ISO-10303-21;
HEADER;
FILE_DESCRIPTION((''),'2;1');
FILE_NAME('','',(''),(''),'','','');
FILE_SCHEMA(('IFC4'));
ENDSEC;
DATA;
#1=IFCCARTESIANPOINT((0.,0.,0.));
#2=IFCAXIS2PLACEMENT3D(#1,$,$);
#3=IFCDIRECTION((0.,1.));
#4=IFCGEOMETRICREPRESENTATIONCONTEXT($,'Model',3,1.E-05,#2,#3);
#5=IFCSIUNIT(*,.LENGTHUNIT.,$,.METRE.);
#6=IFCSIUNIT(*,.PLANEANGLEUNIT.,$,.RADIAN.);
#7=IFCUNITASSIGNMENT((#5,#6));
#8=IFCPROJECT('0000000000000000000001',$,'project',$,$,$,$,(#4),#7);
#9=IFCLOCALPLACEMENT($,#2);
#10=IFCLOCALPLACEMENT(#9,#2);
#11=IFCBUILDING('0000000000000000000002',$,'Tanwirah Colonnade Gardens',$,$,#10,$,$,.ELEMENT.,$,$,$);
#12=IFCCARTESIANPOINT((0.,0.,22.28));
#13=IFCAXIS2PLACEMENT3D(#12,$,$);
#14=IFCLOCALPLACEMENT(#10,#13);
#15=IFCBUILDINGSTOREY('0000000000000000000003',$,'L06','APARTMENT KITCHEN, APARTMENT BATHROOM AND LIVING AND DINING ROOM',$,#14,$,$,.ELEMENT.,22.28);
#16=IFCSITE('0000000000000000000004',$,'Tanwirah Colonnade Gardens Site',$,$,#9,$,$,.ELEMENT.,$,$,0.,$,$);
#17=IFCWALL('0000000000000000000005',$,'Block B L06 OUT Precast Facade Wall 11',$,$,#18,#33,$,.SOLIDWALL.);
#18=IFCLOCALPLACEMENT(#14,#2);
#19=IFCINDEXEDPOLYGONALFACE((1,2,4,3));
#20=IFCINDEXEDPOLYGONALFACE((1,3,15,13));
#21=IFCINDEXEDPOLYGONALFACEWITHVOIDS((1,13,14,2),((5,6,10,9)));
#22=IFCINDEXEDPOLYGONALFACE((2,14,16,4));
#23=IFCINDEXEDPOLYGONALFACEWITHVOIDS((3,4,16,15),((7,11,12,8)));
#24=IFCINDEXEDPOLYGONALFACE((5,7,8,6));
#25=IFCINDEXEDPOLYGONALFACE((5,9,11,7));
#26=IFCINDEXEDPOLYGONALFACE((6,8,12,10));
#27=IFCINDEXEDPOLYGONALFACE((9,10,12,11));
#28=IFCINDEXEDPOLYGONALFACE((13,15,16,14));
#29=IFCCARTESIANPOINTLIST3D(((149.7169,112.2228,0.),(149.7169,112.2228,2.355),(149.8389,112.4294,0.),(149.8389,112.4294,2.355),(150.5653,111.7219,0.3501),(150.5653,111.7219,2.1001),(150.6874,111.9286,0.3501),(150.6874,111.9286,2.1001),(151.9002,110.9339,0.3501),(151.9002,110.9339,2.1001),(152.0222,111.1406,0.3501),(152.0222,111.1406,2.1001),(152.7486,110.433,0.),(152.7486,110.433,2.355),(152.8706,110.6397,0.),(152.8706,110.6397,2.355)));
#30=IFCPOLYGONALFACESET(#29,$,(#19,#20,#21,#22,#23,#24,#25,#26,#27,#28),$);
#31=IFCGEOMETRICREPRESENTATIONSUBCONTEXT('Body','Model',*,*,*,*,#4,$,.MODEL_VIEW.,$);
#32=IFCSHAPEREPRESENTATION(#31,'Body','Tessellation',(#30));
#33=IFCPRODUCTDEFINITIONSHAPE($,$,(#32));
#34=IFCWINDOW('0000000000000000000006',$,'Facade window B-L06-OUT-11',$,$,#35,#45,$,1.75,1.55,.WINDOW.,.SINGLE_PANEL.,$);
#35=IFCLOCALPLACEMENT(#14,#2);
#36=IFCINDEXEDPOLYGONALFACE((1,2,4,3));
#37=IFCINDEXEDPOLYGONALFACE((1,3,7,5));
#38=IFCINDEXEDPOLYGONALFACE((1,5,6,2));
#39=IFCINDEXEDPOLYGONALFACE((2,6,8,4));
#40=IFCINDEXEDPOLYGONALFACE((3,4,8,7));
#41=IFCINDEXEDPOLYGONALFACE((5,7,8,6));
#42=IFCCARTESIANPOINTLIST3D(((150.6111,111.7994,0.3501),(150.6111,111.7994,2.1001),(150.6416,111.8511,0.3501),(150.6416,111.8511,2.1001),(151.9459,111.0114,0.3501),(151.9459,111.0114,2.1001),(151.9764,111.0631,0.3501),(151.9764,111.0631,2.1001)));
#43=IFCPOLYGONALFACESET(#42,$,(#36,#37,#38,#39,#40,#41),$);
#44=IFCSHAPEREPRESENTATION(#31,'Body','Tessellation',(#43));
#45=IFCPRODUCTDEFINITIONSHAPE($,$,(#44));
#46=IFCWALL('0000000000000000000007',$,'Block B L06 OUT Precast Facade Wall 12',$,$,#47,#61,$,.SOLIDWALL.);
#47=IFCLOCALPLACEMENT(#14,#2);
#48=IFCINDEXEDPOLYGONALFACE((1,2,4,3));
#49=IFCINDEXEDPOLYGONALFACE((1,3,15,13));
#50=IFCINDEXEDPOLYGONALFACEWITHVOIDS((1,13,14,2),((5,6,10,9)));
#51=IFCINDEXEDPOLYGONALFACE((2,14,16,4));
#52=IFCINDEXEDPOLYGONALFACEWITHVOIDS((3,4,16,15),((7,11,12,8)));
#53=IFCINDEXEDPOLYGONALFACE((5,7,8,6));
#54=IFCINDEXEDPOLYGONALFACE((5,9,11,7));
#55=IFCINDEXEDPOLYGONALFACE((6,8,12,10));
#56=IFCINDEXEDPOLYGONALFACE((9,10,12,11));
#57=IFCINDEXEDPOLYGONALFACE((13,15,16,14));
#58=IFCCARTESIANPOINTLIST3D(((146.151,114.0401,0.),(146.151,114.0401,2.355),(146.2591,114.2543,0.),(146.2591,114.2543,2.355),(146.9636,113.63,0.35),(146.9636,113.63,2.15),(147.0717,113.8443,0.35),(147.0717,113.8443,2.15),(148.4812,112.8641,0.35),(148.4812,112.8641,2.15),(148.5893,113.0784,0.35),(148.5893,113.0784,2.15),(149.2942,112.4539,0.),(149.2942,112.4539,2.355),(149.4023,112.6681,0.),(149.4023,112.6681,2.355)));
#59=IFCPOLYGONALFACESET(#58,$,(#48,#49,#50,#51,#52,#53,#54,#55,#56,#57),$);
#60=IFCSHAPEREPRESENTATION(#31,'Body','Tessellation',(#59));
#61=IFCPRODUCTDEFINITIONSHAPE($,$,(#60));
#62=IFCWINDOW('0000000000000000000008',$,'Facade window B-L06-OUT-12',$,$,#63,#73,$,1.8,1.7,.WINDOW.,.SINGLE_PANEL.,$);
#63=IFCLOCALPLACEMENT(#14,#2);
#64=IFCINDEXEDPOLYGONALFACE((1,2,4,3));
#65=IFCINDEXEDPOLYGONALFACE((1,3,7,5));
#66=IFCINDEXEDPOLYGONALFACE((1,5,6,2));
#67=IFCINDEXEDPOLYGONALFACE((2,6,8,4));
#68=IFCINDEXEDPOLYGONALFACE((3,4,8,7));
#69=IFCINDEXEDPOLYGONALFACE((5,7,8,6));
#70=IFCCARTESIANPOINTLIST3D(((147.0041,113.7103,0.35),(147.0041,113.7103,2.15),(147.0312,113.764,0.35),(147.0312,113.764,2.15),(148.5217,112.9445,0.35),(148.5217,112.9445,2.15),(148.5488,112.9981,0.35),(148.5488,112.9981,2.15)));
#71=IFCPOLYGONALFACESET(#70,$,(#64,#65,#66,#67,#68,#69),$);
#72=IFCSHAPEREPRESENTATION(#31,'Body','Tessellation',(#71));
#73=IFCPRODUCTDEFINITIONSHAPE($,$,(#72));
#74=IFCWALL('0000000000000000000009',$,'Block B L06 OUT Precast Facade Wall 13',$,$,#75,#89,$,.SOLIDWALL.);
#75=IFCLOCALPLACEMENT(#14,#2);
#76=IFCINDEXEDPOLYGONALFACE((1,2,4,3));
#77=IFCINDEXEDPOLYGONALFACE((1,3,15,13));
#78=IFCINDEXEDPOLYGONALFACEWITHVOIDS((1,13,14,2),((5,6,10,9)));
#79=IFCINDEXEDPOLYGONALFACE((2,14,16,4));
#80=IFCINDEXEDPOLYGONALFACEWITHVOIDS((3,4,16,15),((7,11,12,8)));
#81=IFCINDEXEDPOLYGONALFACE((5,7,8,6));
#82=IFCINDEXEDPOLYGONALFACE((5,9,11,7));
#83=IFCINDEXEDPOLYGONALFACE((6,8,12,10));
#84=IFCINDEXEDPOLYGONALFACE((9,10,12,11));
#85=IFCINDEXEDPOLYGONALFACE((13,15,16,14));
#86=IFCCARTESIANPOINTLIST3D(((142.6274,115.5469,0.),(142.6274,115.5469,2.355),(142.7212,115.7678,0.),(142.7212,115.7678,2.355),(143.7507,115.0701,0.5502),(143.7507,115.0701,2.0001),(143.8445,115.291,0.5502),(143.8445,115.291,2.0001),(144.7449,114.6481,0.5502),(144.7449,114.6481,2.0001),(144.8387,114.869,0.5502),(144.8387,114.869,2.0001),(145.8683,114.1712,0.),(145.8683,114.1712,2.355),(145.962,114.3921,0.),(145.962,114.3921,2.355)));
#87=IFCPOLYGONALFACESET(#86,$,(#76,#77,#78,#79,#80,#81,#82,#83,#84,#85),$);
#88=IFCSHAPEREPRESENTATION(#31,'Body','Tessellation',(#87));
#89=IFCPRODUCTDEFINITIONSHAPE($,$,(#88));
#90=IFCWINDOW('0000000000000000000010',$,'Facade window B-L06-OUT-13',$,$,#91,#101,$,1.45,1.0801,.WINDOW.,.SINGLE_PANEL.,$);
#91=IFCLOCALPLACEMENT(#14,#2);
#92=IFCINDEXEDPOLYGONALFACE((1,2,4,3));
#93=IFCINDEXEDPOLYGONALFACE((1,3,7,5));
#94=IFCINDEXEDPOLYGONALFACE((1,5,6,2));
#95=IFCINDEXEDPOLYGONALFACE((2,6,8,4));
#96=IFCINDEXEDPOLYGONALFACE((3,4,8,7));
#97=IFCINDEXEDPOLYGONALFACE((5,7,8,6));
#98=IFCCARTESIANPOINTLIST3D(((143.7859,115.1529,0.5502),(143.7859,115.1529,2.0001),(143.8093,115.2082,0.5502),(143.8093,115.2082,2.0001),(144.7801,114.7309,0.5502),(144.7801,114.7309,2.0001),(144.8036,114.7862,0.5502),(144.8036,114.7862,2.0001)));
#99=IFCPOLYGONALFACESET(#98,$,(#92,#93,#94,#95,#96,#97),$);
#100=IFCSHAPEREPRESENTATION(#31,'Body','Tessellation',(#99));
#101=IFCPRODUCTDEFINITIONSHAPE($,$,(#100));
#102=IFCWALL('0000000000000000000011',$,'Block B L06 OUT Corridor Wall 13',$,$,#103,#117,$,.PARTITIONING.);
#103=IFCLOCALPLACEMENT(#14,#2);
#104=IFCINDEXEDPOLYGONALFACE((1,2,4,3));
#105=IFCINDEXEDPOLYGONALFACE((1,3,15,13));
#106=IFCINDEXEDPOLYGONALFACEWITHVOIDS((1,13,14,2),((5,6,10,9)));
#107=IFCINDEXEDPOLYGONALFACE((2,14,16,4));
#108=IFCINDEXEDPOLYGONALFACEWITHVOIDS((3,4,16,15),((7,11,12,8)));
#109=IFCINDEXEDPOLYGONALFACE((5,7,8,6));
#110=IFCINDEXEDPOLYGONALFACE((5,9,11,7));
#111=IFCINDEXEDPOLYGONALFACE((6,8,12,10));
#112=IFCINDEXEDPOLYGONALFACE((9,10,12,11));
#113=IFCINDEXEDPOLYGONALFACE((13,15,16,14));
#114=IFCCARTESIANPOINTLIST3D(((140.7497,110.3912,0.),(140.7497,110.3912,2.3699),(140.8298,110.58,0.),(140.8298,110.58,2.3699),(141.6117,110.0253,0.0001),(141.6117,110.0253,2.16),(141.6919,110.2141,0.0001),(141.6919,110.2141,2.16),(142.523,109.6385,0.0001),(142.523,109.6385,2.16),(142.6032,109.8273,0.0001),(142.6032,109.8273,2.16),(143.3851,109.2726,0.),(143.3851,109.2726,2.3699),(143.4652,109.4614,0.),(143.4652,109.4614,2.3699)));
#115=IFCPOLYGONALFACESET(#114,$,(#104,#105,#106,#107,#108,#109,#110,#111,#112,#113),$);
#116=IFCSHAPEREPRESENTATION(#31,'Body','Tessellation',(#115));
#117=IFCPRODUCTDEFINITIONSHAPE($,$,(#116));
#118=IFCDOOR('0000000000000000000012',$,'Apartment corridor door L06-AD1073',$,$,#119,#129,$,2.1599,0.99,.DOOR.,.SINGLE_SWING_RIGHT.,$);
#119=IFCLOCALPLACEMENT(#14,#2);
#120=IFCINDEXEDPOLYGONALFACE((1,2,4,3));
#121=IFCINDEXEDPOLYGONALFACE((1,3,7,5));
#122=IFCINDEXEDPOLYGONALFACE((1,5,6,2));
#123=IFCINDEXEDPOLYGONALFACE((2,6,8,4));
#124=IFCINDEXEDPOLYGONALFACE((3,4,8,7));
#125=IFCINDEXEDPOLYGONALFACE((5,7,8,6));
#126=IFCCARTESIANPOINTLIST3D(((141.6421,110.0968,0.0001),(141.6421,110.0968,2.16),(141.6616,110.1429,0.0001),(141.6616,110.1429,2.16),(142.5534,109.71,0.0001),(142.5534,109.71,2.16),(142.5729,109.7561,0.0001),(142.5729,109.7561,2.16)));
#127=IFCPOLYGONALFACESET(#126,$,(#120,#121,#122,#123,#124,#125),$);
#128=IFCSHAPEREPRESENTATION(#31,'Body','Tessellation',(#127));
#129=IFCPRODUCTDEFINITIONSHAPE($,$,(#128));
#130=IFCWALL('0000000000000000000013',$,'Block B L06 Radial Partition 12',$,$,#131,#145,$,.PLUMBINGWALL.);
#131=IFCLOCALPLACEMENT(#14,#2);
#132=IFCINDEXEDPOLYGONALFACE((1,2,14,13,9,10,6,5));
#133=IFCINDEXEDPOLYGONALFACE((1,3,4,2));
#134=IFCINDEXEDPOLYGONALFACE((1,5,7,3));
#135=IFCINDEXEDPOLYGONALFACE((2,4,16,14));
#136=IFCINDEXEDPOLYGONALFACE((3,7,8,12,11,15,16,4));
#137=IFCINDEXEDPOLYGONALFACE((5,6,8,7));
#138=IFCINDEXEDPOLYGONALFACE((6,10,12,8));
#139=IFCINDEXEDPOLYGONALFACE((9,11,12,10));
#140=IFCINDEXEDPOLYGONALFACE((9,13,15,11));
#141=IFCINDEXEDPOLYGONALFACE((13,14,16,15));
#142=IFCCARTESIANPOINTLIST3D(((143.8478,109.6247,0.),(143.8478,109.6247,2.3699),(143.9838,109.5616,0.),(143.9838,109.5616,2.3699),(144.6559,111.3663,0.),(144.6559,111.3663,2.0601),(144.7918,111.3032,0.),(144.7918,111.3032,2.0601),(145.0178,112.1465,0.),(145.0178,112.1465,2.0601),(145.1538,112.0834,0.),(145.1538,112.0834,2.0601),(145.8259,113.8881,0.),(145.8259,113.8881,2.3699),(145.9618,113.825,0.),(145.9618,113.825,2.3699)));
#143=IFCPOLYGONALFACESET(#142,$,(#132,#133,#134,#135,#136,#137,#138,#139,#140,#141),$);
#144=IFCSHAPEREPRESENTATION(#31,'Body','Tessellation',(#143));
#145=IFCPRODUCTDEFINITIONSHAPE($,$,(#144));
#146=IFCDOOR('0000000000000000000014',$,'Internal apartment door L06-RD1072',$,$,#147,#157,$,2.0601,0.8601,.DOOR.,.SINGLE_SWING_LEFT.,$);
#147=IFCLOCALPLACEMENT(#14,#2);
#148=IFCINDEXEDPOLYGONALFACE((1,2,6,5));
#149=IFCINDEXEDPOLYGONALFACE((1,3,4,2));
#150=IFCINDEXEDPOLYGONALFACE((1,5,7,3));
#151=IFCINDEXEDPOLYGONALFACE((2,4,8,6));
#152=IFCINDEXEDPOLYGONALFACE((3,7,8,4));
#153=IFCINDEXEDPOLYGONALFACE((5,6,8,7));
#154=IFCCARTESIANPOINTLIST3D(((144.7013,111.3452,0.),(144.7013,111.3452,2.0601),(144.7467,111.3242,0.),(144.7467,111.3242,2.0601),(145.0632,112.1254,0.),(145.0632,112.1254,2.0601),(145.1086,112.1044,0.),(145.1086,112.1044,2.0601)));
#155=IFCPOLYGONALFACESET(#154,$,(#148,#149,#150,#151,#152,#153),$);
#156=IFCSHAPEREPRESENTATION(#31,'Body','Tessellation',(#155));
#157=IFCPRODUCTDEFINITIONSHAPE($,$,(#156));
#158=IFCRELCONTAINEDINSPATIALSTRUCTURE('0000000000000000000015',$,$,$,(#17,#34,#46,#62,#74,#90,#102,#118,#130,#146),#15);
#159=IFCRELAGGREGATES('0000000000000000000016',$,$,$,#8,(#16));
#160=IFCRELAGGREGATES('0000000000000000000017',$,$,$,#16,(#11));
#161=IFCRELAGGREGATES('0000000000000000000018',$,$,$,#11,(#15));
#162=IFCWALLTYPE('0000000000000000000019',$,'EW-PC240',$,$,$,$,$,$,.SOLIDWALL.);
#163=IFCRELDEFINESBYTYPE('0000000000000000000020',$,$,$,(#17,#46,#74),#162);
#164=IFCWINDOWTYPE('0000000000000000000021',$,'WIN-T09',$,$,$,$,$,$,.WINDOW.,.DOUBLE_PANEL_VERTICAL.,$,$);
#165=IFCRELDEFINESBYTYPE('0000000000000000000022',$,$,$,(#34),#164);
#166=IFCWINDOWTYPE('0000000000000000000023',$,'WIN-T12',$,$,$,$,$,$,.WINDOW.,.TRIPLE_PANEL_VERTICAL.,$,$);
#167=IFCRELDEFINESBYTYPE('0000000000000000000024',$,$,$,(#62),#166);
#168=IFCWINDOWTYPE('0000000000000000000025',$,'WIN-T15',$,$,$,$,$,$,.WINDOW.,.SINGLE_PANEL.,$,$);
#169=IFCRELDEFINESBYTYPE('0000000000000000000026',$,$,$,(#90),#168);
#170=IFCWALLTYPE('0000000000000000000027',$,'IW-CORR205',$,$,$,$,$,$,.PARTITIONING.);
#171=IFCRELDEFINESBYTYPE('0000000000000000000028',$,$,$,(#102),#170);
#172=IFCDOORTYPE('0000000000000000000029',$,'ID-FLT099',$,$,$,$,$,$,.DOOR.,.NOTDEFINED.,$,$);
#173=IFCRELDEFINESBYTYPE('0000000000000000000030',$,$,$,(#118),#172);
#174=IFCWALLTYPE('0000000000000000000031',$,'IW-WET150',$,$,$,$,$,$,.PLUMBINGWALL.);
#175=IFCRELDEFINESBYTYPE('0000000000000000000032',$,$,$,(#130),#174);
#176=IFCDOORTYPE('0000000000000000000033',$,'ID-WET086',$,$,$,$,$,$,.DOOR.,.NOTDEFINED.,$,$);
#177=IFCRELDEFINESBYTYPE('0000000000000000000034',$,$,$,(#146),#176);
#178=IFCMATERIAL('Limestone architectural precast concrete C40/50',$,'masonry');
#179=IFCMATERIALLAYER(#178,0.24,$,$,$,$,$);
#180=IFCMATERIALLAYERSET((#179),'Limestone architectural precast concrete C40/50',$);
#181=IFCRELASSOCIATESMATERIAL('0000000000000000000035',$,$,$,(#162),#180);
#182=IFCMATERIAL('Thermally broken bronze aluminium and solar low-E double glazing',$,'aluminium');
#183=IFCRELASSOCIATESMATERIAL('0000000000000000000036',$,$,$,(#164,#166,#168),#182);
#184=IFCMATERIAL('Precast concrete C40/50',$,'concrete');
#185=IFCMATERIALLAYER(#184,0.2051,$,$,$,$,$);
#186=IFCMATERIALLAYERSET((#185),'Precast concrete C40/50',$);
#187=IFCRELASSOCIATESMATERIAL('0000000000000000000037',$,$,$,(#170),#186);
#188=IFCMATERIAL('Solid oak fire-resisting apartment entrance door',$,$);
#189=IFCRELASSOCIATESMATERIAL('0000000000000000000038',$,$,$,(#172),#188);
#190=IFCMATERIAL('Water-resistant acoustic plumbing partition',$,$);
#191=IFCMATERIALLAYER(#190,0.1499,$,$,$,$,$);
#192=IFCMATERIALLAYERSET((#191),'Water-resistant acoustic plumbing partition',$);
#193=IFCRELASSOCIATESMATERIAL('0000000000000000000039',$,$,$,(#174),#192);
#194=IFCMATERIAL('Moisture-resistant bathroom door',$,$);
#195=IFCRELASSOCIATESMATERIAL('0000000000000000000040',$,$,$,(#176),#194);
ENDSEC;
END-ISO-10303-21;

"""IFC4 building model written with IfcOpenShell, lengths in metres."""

from ifc_helpers import new_model, si_unit, direction, frame, frame_2d, origin, place, context, subcontext, project, spatial, rectangle, extrude, material, layer, layer_set, type_object, element, fill, save


model = new_model("IFC4")

# Units and contexts
model_context = context("Model", 3, precision=1e-05, world=origin(), true_north=direction((0.0, 1.0)))
body_context = subcontext(model_context, "Body", "Model", "MODEL_VIEW")
ifc_project = project(units=[si_unit("LENGTHUNIT", "METRE"), si_unit("PLANEANGLEUNIT", "RADIAN")], contexts=[model_context])

# Site, building, storey
site_placement = place(None, origin())
site = spatial("IfcSite", under=ifc_project, at=site_placement, Name="Tanwirah Colonnade Gardens Site", CompositionType="ELEMENT", RefElevation=0.0)
building_placement = place(site_placement, origin())
building = spatial("IfcBuilding", under=site, at=building_placement, Name="Tanwirah Colonnade Gardens", CompositionType="ELEMENT")
storey_placement = place(building_placement, frame((0.0, 0.0, 22.28)))
storey = spatial("IfcBuildingStorey", under=building, at=storey_placement, Name="L06", Description="APARTMENT KITCHEN, APARTMENT BATHROOM AND LIVING AND DINING ROOM", CompositionType="ELEMENT", Elevation=22.28)

# Shared definitions
ifc_material_1 = material(Name="Precast concrete C40/50", Category="concrete")

# Walls, openings, windows
ifc_material_2 = material(Name="Limestone architectural precast concrete C40/50", Category="masonry")
ifc_layer_1 = layer(ifc_material_2, 0.24)
ifc_layer_set_1 = layer_set([ifc_layer_1], Name="Limestone architectural precast concrete C40/50")
wall_type_1 = type_object("IfcWallType", Name="EW-PC240", PredefinedType="SOLIDWALL", material=ifc_layer_set_1)
wall_1_placement = place(storey_placement, frame((152.8096, 110.5364, 0.0), z_axis=(0.0, 0.0, 1.0), x_axis=(-0.861136, 0.508374, 0.0)))
wall_1 = element("IfcWall", 1, at=wall_1_placement, inside=storey, type_object=wall_type_1, Name="Block B L06 OUT Precast Facade Wall 11", PredefinedType="SOLIDWALL", context=body_context, shape_type="SweptSolid", body=[
    extrude(rectangle(XDim=3.5205, YDim=0.24, at=frame_2d((1.7603, 0.0))), origin(), (0.0, 0.0, 1.0), 2.355),
])
opening_1_placement = place(wall_1_placement, frame((0.9854, 0.0, 0.3501)))
opening_1 = element("IfcOpeningElement", 2, at=opening_1_placement, cuts=wall_1, PredefinedType="OPENING", context=body_context, shape_type="SweptSolid", body=[
    extrude(rectangle(XDim=1.55, YDim=1.75, at=frame_2d((0.7749, 0.875))), frame((0.0, 0.1299, 0.0), z_axis=(0.0, -1.0, 0.0), x_axis=(1.0, 0.0, 0.0)), (0.0, 0.0, 1.0), 0.26),
])
ifc_material_3 = material(Name="Thermally broken bronze aluminium and solar low-E double glazing", Category="aluminium")
window_type_1 = type_object("IfcWindowType", Name="WIN-T09", PartitioningType="DOUBLE_PANEL_VERTICAL", PredefinedType="WINDOW", material=ifc_material_3)
window_1_placement = place(opening_1_placement, origin())
window_1 = element("IfcWindow", 3, at=window_1_placement, inside=storey, type_object=window_type_1, Name="Facade window B-L06-OUT-11", OverallHeight=1.75, OverallWidth=1.55, PartitioningType="SINGLE_PANEL", PredefinedType="WINDOW", context=body_context, shape_type="SweptSolid", body=[
    extrude(rectangle(XDim=1.55, YDim=1.75, at=frame_2d((0.7749, 0.875))), frame((0.0, 0.03, 0.0), z_axis=(0.0, -1.0, 0.0), x_axis=(1.0, 0.0, 0.0)), (0.0, 0.0, 1.0), 0.0601),
])
fill(opening_1, window_1)
wall_2_placement = place(storey_placement, frame((149.3481, 112.561, 0.0), z_axis=(0.0, 0.0, 1.0), x_axis=(-0.892757, 0.450539, 0.0)))
wall_2 = element("IfcWall", 4, at=wall_2_placement, inside=storey, type_object=wall_type_1, Name="Block B L06 OUT Precast Facade Wall 12", PredefinedType="SOLIDWALL", context=body_context, shape_type="SweptSolid", body=[
    extrude(rectangle(XDim=3.5208, YDim=0.24, at=frame_2d((1.7603, 0.0))), origin(), (0.0, 0.0, 1.0), 2.355),
])
opening_2_placement = place(wall_2_placement, frame((0.9104, 0.0, 0.3501)))
opening_2 = element("IfcOpeningElement", 5, at=opening_2_placement, cuts=wall_2, PredefinedType="OPENING", context=body_context, shape_type="SweptSolid", body=[
    extrude(rectangle(XDim=1.7, YDim=1.8, at=frame_2d((0.8501, 0.8999))), frame((0.0, 0.1299, 0.0), z_axis=(0.0, -1.0, 0.0), x_axis=(1.0, 0.0, 0.0)), (0.0, 0.0, 1.0), 0.26),
])
window_type_2 = type_object("IfcWindowType", Name="WIN-T12", PartitioningType="TRIPLE_PANEL_VERTICAL", PredefinedType="WINDOW", material=ifc_material_3)
window_2_placement = place(opening_2_placement, origin())
window_2 = element("IfcWindow", 6, at=window_2_placement, inside=storey, type_object=window_type_2, Name="Facade window B-L06-OUT-12", OverallHeight=1.8, OverallWidth=1.7, PartitioningType="SINGLE_PANEL", PredefinedType="WINDOW", context=body_context, shape_type="SweptSolid", body=[
    extrude(rectangle(XDim=1.7, YDim=1.8, at=frame_2d((0.8501, 0.8999))), frame((0.0, 0.03, 0.0), z_axis=(0.0, -1.0, 0.0), x_axis=(1.0, 0.0, 0.0)), (0.0, 0.0, 1.0), 0.0601),
])
fill(opening_2, window_2)
wall_3_placement = place(storey_placement, frame((145.915, 114.2817, 0.0), z_axis=(0.0, 0.0, 1.0), x_axis=(-0.920502, 0.390737, 0.0)))
wall_3 = element("IfcWall", 7, at=wall_3_placement, inside=storey, type_object=wall_type_1, Name="Block B L06 OUT Precast Facade Wall 13", PredefinedType="SOLIDWALL", context=body_context, shape_type="SweptSolid", body=[
    extrude(rectangle(XDim=3.5208, YDim=0.24, at=frame_2d((1.7603, 0.0))), origin(), (0.0, 0.0, 1.0), 2.355),
])
opening_3_placement = place(wall_3_placement, frame((1.2202, 0.0, 0.55)))
opening_3 = element("IfcOpeningElement", 8, at=opening_3_placement, cuts=wall_3, PredefinedType="OPENING", context=body_context, shape_type="SweptSolid", body=[
    extrude(rectangle(XDim=1.0801, YDim=1.45, at=frame_2d((0.54, 0.7251))), frame((0.0, 0.1299, 0.0), z_axis=(0.0, -1.0, 0.0), x_axis=(1.0, 0.0, 0.0)), (0.0, 0.0, 1.0), 0.26),
])
window_type_3 = type_object("IfcWindowType", Name="WIN-T15", PartitioningType="SINGLE_PANEL", PredefinedType="WINDOW", material=ifc_material_3)
window_3_placement = place(opening_3_placement, origin())
window_3 = element("IfcWindow", 9, at=window_3_placement, inside=storey, type_object=window_type_3, Name="Facade window B-L06-OUT-13", OverallHeight=1.45, OverallWidth=1.0801, PartitioningType="SINGLE_PANEL", PredefinedType="WINDOW", context=body_context, shape_type="SweptSolid", body=[
    extrude(rectangle(XDim=1.0801, YDim=1.45, at=frame_2d((0.54, 0.7251))), frame((0.0, 0.03, 0.0), z_axis=(0.0, -1.0, 0.0), x_axis=(1.0, 0.0, 0.0)), (0.0, 0.0, 1.0), 0.0601),
])
fill(opening_3, window_3)

# Walls, openings, doors
ifc_layer_2 = layer(ifc_material_1, 0.2051)
ifc_layer_set_2 = layer_set([ifc_layer_2], Name="Precast concrete C40/50")
wall_type_2 = type_object("IfcWallType", Name="IW-CORR205", PredefinedType="PARTITIONING", material=ifc_layer_set_2)
ifc_material_4 = material(Name="Solid oak fire-resisting apartment entrance door")
wall_4_placement = place(storey_placement, frame((143.4253, 109.3669, 0.0), z_axis=(0.0, 0.0, 1.0), x_axis=(-0.920511, 0.390716, 0.0)))
wall_4 = element("IfcWall", 10, at=wall_4_placement, inside=storey, type_object=wall_type_2, Name="Block B L06 OUT Corridor Wall 13", PredefinedType="PARTITIONING", context=body_context, shape_type="SweptSolid", body=[
    extrude(rectangle(XDim=2.863, YDim=0.2051, at=frame_2d((1.4316, 0.0))), origin(), (0.0, 0.0, 1.0), 2.3699),
])
opening_4_placement = place(wall_4_placement, frame((0.9365, 0.0, 0.0)))
opening_4 = element("IfcOpeningElement", 11, at=opening_4_placement, cuts=wall_4, PredefinedType="OPENING", context=body_context, shape_type="SweptSolid", body=[
    extrude(rectangle(XDim=0.99, YDim=2.1599, at=frame_2d((0.4951, 1.0801))), frame((0.0, 0.1125, 0.0), z_axis=(0.0, -1.0, 0.0), x_axis=(1.0, 0.0, 0.0)), (0.0, 0.0, 1.0), 0.2251),
])
door_type_1 = type_object("IfcDoorType", Name="ID-FLT099", OperationType="NOTDEFINED", PredefinedType="DOOR", material=ifc_material_4)
door_1_placement = place(opening_4_placement, origin())
door_1 = element("IfcDoor", 12, at=door_1_placement, inside=storey, type_object=door_type_1, Name="Apartment corridor door L06-AD1073", OperationType="SINGLE_SWING_RIGHT", OverallHeight=2.1599, OverallWidth=0.99, PredefinedType="DOOR", context=body_context, shape_type="SweptSolid", body=[
    extrude(rectangle(XDim=0.99, YDim=2.1599, at=frame_2d((0.4951, 1.0801))), frame((0.0, 0.0249, 0.0), z_axis=(0.0, -1.0, 0.0), x_axis=(1.0, 0.0, 0.0)), (0.0, 0.0, 1.0), 0.05),
])
fill(opening_4, door_1)
ifc_material_5 = material(Name="Water-resistant acoustic plumbing partition")
ifc_layer_3 = layer(ifc_material_5, 0.1499)
ifc_layer_set_3 = layer_set([ifc_layer_3], Name="Water-resistant acoustic plumbing partition")
wall_type_3 = type_object("IfcWallType", Name="IW-WET150", PredefinedType="PLUMBINGWALL", material=ifc_layer_set_3)
wall_5_placement = place(storey_placement, frame((143.9158, 109.593, 0.0), z_axis=(0.0, 0.0, 1.0), x_axis=(0.420863, 0.907124, 0.0)))
wall_5 = element("IfcWall", 13, at=wall_5_placement, inside=storey, type_object=wall_type_3, Name="Block B L06 Radial Partition 12", PredefinedType="PLUMBINGWALL", context=body_context, shape_type="SweptSolid", body=[
    extrude(rectangle(XDim=4.7, YDim=0.1499, at=frame_2d((2.3501, 0.0))), origin(), (0.0, 0.0, 1.0), 2.3699),
])
opening_5_placement = place(wall_5_placement, frame((1.9199, 0.0, 0.0)))
opening_5 = element("IfcOpeningElement", 14, at=opening_5_placement, cuts=wall_5, PredefinedType="OPENING", context=body_context, shape_type="SweptSolid", body=[
    extrude(rectangle(XDim=0.8601, YDim=2.0601, at=frame_2d((0.4302, 1.03))), frame((0.0, 0.085, 0.0), z_axis=(0.0, -1.0, 0.0), x_axis=(1.0, 0.0, 0.0)), (0.0, 0.0, 1.0), 0.1699),
])
ifc_material_6 = material(Name="Moisture-resistant bathroom door")
door_type_2 = type_object("IfcDoorType", Name="ID-WET086", OperationType="NOTDEFINED", PredefinedType="DOOR", material=ifc_material_6)
door_2_placement = place(opening_5_placement, origin())
door_2 = element("IfcDoor", 15, at=door_2_placement, inside=storey, type_object=door_type_2, Name="Internal apartment door L06-RD1072", OperationType="SINGLE_SWING_LEFT", OverallHeight=2.0601, OverallWidth=0.8601, PredefinedType="DOOR", context=body_context, shape_type="SweptSolid", body=[
    extrude(rectangle(XDim=0.8601, YDim=2.0601, at=frame_2d((0.4302, 1.03))), frame((0.0, 0.0249, 0.0), z_axis=(0.0, -1.0, 0.0), x_axis=(1.0, 0.0, 0.0)), (0.0, 0.0, 1.0), 0.05),
])
fill(opening_5, door_2)

save(model, "model.ifc")
